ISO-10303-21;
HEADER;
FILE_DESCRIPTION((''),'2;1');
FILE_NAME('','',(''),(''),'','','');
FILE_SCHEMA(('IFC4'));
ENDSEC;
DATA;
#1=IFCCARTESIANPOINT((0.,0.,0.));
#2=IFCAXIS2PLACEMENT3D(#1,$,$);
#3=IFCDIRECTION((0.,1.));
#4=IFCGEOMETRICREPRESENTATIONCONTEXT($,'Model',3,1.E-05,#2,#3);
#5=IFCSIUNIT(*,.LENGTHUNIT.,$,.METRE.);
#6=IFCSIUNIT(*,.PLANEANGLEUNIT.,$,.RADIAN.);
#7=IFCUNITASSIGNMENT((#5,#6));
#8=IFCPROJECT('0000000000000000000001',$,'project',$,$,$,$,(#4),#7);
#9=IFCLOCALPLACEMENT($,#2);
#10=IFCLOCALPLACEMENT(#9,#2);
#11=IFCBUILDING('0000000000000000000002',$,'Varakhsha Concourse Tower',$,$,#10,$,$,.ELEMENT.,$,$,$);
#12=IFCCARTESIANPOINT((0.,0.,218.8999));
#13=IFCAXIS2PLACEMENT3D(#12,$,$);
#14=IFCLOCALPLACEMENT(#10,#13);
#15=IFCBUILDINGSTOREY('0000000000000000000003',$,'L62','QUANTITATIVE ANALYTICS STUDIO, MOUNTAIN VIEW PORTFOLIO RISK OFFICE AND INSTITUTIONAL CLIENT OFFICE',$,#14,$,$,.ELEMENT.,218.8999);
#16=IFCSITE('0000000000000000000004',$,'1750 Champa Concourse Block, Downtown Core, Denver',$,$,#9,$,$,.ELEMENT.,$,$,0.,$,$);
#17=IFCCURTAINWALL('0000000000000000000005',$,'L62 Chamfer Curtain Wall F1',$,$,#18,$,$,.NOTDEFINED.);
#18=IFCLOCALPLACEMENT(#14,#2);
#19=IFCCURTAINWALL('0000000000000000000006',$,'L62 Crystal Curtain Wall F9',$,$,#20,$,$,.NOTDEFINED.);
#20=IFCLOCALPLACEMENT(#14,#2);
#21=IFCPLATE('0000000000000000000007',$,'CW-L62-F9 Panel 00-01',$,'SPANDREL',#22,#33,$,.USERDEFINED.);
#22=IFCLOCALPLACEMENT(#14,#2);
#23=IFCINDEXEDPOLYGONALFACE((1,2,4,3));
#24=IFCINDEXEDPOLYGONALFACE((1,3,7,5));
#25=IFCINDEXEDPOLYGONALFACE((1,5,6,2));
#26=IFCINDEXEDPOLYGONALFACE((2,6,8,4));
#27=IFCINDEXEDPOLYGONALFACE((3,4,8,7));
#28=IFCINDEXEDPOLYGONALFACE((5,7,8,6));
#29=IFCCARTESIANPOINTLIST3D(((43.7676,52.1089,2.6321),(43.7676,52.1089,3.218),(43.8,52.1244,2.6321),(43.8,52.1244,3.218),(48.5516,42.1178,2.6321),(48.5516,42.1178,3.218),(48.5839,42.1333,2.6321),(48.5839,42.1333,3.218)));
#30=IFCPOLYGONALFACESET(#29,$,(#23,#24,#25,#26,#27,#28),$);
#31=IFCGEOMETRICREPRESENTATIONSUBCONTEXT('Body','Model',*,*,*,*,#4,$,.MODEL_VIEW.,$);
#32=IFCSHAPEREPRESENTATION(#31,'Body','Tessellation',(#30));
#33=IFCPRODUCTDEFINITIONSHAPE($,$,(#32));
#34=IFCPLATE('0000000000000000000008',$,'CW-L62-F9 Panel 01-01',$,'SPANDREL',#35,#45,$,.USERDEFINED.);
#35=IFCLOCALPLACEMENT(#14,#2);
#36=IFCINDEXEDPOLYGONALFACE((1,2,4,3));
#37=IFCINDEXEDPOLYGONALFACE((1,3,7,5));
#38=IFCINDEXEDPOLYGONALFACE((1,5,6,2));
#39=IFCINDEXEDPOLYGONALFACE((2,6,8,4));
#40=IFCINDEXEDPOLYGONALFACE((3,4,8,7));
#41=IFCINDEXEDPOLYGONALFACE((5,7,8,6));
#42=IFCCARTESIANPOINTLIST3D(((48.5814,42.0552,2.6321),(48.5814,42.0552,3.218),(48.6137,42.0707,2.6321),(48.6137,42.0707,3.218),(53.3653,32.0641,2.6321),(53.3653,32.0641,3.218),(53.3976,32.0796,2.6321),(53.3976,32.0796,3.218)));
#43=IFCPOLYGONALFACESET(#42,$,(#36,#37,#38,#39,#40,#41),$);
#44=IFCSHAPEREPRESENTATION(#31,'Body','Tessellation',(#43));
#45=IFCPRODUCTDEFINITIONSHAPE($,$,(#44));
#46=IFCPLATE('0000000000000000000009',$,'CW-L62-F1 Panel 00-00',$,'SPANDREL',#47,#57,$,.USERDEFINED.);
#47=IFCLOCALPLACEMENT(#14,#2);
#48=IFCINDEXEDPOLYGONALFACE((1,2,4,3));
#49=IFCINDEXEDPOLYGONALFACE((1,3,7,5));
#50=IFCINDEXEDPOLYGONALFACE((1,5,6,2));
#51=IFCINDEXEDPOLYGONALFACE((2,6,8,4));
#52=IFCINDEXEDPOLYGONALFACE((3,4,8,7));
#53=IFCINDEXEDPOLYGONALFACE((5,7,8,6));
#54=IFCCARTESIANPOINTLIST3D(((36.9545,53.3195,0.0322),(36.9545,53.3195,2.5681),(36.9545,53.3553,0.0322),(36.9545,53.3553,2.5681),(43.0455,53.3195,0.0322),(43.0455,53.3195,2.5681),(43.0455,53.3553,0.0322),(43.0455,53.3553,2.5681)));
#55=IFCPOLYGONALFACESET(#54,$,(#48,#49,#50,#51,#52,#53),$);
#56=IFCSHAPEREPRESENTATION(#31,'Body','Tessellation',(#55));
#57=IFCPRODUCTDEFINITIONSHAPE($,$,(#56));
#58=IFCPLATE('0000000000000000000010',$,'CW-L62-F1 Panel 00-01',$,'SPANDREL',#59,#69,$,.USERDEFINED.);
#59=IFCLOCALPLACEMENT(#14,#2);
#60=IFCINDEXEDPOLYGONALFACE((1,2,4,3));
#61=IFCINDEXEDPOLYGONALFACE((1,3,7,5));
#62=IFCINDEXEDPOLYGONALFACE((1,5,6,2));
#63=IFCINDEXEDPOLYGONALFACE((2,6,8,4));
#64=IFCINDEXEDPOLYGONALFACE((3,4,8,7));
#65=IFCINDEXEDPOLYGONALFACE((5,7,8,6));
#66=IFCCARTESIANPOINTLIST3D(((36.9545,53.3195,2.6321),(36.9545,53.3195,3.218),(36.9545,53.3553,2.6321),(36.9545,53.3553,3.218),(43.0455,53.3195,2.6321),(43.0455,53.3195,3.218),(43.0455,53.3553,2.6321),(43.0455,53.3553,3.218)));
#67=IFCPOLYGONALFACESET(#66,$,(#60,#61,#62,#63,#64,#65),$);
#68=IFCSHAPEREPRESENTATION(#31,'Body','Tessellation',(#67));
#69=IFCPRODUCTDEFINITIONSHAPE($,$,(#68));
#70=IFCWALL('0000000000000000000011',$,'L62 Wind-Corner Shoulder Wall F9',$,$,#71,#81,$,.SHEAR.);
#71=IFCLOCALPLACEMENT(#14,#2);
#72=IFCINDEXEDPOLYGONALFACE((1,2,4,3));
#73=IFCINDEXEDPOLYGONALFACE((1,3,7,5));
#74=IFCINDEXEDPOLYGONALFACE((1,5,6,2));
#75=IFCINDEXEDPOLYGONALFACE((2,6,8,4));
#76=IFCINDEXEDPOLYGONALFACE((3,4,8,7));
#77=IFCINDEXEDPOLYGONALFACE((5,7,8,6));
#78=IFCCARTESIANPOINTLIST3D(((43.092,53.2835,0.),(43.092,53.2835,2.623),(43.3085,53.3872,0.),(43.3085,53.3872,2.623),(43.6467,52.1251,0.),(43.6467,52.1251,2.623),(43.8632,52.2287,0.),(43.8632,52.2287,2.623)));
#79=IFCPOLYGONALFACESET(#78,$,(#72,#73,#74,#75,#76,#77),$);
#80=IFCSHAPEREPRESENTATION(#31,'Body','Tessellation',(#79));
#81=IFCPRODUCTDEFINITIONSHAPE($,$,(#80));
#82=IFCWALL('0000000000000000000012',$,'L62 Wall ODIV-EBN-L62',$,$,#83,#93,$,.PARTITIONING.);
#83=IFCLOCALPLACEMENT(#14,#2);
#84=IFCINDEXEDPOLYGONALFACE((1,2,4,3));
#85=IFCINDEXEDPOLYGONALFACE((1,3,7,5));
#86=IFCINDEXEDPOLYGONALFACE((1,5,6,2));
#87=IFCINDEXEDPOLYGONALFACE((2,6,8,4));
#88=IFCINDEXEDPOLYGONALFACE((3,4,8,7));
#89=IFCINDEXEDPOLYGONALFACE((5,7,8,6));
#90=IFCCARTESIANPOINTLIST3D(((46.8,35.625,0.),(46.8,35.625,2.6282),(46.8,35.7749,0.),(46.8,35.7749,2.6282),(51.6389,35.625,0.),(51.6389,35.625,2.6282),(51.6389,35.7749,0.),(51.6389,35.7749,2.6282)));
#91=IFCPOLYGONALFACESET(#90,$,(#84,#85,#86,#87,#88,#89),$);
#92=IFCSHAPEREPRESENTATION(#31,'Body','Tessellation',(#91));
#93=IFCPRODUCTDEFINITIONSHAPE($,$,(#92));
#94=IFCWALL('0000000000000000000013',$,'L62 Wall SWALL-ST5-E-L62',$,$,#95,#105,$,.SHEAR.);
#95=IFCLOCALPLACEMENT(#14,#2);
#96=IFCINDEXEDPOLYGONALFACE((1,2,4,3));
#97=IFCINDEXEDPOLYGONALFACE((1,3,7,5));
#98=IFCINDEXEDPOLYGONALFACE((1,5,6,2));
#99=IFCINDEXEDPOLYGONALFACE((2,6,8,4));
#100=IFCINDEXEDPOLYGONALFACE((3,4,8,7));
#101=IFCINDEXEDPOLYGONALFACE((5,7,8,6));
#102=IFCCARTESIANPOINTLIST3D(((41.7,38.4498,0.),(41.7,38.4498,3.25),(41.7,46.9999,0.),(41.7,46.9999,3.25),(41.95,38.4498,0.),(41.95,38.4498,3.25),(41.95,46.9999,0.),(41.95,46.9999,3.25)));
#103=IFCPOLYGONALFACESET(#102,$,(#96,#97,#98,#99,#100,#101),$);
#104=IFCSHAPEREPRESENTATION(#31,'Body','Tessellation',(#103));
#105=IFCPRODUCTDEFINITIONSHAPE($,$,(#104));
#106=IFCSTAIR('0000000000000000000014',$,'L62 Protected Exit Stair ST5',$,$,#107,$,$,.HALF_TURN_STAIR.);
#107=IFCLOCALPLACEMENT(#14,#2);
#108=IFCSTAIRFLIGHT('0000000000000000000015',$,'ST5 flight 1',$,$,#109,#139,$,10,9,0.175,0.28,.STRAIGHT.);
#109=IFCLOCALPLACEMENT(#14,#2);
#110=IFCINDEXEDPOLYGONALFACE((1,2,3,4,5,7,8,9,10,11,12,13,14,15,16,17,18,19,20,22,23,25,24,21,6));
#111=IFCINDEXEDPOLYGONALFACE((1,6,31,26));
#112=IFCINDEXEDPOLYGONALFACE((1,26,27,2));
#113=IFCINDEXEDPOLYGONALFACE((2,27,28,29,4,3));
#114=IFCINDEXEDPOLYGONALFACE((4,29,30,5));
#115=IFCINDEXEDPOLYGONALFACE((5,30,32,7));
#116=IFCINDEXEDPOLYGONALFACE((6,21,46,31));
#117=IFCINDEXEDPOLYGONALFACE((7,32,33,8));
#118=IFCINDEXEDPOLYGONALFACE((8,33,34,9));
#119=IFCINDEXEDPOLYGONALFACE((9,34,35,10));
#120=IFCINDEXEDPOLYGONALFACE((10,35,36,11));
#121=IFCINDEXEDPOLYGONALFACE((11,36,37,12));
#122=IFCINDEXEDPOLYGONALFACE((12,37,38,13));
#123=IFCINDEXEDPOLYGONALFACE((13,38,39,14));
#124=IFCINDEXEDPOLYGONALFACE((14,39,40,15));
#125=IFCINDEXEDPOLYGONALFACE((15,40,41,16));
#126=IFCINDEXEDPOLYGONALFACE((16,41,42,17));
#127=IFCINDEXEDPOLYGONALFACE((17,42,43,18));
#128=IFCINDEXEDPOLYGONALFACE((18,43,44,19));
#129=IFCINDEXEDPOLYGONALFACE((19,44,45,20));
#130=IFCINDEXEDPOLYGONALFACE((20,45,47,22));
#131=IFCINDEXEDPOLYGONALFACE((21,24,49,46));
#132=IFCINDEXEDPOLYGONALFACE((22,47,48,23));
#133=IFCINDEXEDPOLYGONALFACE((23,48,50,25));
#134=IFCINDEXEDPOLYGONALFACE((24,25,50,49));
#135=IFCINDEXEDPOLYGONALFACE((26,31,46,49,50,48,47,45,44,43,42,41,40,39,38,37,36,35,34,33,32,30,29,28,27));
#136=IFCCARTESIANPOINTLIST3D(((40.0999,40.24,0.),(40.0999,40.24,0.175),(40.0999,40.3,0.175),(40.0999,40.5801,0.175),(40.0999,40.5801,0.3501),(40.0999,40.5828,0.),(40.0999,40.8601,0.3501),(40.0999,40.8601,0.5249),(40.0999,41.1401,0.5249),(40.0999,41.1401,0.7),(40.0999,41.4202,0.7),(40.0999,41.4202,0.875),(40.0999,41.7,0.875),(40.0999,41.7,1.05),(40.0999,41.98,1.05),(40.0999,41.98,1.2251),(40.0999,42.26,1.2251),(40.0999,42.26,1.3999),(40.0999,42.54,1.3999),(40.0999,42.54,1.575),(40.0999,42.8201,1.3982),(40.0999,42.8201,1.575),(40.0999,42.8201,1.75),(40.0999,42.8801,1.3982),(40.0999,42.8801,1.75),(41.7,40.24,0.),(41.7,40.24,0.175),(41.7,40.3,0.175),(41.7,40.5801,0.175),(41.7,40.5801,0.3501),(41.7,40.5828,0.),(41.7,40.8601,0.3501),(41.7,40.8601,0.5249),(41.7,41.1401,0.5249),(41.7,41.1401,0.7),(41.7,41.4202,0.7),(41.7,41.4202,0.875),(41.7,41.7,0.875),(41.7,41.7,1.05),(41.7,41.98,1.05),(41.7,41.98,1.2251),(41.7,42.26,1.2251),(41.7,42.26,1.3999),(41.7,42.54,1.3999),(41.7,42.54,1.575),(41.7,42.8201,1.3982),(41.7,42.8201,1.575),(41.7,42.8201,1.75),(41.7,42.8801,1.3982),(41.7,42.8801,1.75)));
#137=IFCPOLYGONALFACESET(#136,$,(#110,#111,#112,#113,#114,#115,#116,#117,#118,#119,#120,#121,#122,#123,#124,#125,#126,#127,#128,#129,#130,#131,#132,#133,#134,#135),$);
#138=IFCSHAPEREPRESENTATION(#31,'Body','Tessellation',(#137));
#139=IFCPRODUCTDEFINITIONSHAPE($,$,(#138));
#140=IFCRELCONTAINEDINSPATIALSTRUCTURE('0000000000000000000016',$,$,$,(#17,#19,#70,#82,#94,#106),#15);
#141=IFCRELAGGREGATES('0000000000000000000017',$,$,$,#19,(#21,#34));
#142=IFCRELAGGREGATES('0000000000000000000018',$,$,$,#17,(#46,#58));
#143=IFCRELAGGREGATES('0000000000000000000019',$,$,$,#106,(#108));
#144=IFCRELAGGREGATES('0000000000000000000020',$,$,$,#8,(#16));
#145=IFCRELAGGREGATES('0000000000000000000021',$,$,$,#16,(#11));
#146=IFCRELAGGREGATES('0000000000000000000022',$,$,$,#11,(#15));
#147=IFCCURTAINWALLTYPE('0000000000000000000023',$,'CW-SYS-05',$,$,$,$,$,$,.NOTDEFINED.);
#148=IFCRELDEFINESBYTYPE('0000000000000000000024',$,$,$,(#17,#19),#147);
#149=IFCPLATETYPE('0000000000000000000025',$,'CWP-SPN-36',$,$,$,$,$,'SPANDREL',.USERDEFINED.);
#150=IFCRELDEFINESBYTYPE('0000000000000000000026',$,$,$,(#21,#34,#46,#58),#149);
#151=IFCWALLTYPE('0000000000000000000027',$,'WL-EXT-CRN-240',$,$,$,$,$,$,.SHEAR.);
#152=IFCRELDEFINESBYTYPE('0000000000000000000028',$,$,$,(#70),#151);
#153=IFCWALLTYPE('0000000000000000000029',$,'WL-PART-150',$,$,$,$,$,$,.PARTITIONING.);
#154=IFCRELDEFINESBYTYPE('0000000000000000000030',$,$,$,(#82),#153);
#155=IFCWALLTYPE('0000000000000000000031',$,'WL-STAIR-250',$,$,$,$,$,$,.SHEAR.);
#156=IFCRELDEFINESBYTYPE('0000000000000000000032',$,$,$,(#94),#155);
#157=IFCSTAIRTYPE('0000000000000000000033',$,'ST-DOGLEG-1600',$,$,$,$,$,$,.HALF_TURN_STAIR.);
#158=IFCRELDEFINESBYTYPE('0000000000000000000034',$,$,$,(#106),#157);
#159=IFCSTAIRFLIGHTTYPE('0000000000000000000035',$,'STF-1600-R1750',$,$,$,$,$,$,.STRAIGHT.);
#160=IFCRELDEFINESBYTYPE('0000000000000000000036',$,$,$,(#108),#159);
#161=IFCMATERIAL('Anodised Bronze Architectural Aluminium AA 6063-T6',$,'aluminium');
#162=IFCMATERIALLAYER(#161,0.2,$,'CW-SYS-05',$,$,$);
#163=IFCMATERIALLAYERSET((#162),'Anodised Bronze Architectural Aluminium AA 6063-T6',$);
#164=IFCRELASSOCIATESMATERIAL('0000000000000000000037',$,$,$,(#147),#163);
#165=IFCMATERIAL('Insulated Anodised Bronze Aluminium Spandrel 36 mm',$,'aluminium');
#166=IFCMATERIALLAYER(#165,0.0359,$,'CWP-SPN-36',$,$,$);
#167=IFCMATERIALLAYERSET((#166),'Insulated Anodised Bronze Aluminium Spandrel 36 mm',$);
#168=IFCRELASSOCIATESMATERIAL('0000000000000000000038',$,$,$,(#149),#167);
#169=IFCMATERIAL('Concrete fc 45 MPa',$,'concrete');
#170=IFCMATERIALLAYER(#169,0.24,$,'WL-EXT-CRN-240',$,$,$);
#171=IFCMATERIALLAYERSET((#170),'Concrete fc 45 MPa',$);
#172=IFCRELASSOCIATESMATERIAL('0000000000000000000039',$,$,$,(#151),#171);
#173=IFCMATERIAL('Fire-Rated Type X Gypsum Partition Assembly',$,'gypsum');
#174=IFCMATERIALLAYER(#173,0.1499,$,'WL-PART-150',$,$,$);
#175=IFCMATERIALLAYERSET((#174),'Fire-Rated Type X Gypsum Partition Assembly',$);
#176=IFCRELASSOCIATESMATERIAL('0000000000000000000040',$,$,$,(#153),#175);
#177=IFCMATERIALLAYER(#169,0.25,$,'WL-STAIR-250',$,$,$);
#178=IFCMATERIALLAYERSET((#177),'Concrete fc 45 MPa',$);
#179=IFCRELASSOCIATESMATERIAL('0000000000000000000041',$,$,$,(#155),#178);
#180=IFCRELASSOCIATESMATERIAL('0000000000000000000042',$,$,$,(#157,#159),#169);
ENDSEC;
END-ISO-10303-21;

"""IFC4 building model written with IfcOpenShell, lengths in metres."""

from ifc_helpers import new_model, si_unit, direction, frame, frame_2d, origin, origin_2d, place, context, subcontext, project, spatial, polyline, rectangle, outline, extrude, source, transform, mapped, material, layer, layer_set, type_object, type_shapes, element, aggregate, save


model = new_model("IFC4")

# Units and contexts
model_context = context("Model", 3, precision=1e-05, world=origin(), true_north=direction((0.0, 1.0)))
body_context = subcontext(model_context, "Body", "Model", "MODEL_VIEW")
ifc_project = project(units=[si_unit("LENGTHUNIT", "METRE"), si_unit("PLANEANGLEUNIT", "RADIAN")], contexts=[model_context])

# Site, building, storey
site_placement = place(None, origin())
site = spatial("IfcSite", under=ifc_project, at=site_placement, Name="1750 Champa Concourse Block, Downtown Core, Denver", CompositionType="ELEMENT", RefElevation=0.0)
building_placement = place(site_placement, origin())
building = spatial("IfcBuilding", under=site, at=building_placement, Name="Varakhsha Concourse Tower", CompositionType="ELEMENT")
storey_placement = place(building_placement, frame((0.0, 0.0, 218.8999)))
storey = spatial("IfcBuildingStorey", under=building, at=storey_placement, Name="L62", Description="QUANTITATIVE ANALYTICS STUDIO, MOUNTAIN VIEW PORTFOLIO RISK OFFICE AND INSTITUTIONAL CLIENT OFFICE", CompositionType="ELEMENT", Elevation=218.8999)

# Curtain wall
ifc_material_1 = material(Name="Anodised Bronze Architectural Aluminium AA 6063-T6", Category="aluminium")
ifc_layer_1 = layer(ifc_material_1, 0.2, Name="CW-SYS-05")
ifc_layer_set_1 = layer_set([ifc_layer_1], Name="Anodised Bronze Architectural Aluminium AA 6063-T6")
curtain_wall_type = type_object("IfcCurtainWallType", Name="CW-SYS-05", PredefinedType="NOTDEFINED", material=ifc_layer_set_1)
curtain_wall_1_placement = place(storey_placement, origin())
curtain_wall_1 = element("IfcCurtainWall", 1, at=curtain_wall_1_placement, inside=storey, type_object=curtain_wall_type, Name="L62 Chamfer Curtain Wall F1", PredefinedType="NOTDEFINED")

# Curtain wall
curtain_wall_2_placement = place(storey_placement, origin())
curtain_wall_2 = element("IfcCurtainWall", 2, at=curtain_wall_2_placement, inside=storey, type_object=curtain_wall_type, Name="L62 Crystal Curtain Wall F9", PredefinedType="NOTDEFINED")

# Plates
ifc_material_2 = material(Name="Insulated Anodised Bronze Aluminium Spandrel 36 mm", Category="aluminium")
ifc_layer_2 = layer(ifc_material_2, 0.0359, Name="CWP-SPN-36")
ifc_layer_set_2 = layer_set([ifc_layer_2], Name="Insulated Anodised Bronze Aluminium Spandrel 36 mm")
plate_type_1 = type_object("IfcPlateType", Name="CWP-SPN-36", ElementType="SPANDREL", PredefinedType="USERDEFINED", material=ifc_layer_set_2)
shared_shape_1 = source(origin(), body_context, "Body", "SweptSolid", [
    extrude(rectangle(XDim=11.0774, YDim=0.0359, at=origin_2d()), origin(), (0.0, 0.0, 1.0), 0.5859),
])
plate_1_placement = place(storey_placement, frame((46.1758, 47.1211, 2.6321), z_axis=(0.0, 0.0, 1.0), x_axis=(0.431862, -0.90194, 0.0)))
plate_1 = element("IfcPlate", 3, at=plate_1_placement, type_object=plate_type_1, Name="CW-L62-F9 Panel 00-01", ObjectType="SPANDREL", PredefinedType="USERDEFINED", context=body_context, shape_type="MappedRepresentation", body=[
    mapped(shared_shape_1, transform((0.0, 0.0, 0.0), scale=1.0)),
])
plate_2_placement = place(storey_placement, frame((50.9895, 37.0674, 2.6321), z_axis=(0.0, 0.0, 1.0), x_axis=(0.431862, -0.90194, 0.0)))
plate_2 = element("IfcPlate", 4, at=plate_2_placement, type_object=plate_type_1, Name="CW-L62-F9 Panel 01-01", ObjectType="SPANDREL", PredefinedType="USERDEFINED", context=body_context, shape_type="MappedRepresentation", body=[
    mapped(shared_shape_1, transform((0.0, 0.0, 0.0), scale=1.0)),
])
aggregate(curtain_wall_2, [plate_1, plate_2])
shared_shape_2 = source(origin(), body_context, "Body", "SweptSolid", [
    extrude(rectangle(XDim=6.0911, YDim=0.0359, at=origin_2d()), origin(), (0.0, 0.0, 1.0), 2.5359),
])
plate_3_placement = place(storey_placement, frame((40.0, 53.3374, 0.0322), z_axis=(0.0, 0.0, 1.0), x_axis=(1.0, 0.0, 0.0)))
plate_3 = element("IfcPlate", 5, at=plate_3_placement, type_object=plate_type_1, Name="CW-L62-F1 Panel 00-00", ObjectType="SPANDREL", PredefinedType="USERDEFINED", context=body_context, shape_type="MappedRepresentation", body=[
    mapped(shared_shape_2, transform((0.0, 0.0, 0.0), scale=1.0)),
])
shared_shape_3 = source(origin(), body_context, "Body", "SweptSolid", [
    extrude(rectangle(XDim=6.0911, YDim=0.0359, at=origin_2d()), origin(), (0.0, 0.0, 1.0), 0.5859),
])
type_shapes(plate_type_1, [shared_shape_1, shared_shape_2, shared_shape_3])
plate_4_placement = place(storey_placement, frame((40.0, 53.3374, 2.6321), z_axis=(0.0, 0.0, 1.0), x_axis=(1.0, 0.0, 0.0)))
plate_4 = element("IfcPlate", 6, at=plate_4_placement, type_object=plate_type_1, Name="CW-L62-F1 Panel 00-01", ObjectType="SPANDREL", PredefinedType="USERDEFINED", context=body_context, shape_type="MappedRepresentation", body=[
    mapped(shared_shape_3, transform((0.0, 0.0, 0.0), scale=1.0)),
])
aggregate(curtain_wall_1, [plate_3, plate_4])

# Walls
ifc_material_3 = material(Name="Concrete fc 45 MPa", Category="concrete")
ifc_layer_3 = layer(ifc_material_3, 0.24, Name="WL-EXT-CRN-240")
ifc_layer_set_3 = layer_set([ifc_layer_3], Name="Concrete fc 45 MPa")
wall_type_1 = type_object("IfcWallType", Name="WL-EXT-CRN-240", PredefinedType="SHEAR", material=ifc_layer_set_3)
wall_1_placement = place(storey_placement, frame((43.7549, 52.177, 0.0), z_axis=(0.0, 0.0, 1.0), x_axis=(-0.431866, 0.901938, 0.0)))
element("IfcWall", 7, at=wall_1_placement, inside=storey, type_object=wall_type_1, Name="L62 Wind-Corner Shoulder Wall F9", PredefinedType="SHEAR", context=body_context, shape_type="SweptSolid", body=[
    extrude(rectangle(XDim=1.2844, YDim=0.24, at=frame_2d((0.6421, 0.0))), origin(), (0.0, 0.0, 1.0), 2.623),
])
ifc_material_4 = material(Name="Fire-Rated Type X Gypsum Partition Assembly", Category="gypsum")
ifc_layer_4 = layer(ifc_material_4, 0.1499, Name="WL-PART-150")
ifc_layer_set_4 = layer_set([ifc_layer_4], Name="Fire-Rated Type X Gypsum Partition Assembly")
wall_type_2 = type_object("IfcWallType", Name="WL-PART-150", PredefinedType="PARTITIONING", material=ifc_layer_set_4)
wall_2_placement = place(storey_placement, frame((46.8, 35.7, 0.0), z_axis=(0.0, 0.0, 1.0), x_axis=(1.0, 0.0, 0.0)))
element("IfcWall", 8, at=wall_2_placement, inside=storey, type_object=wall_type_2, Name="L62 Wall ODIV-EBN-L62", PredefinedType="PARTITIONING", context=body_context, shape_type="SweptSolid", body=[
    extrude(rectangle(XDim=4.8389, YDim=0.1499, at=frame_2d((2.4194, 0.0))), origin(), (0.0, 0.0, 1.0), 2.6282),
])
ifc_layer_5 = layer(ifc_material_3, 0.25, Name="WL-STAIR-250")
ifc_layer_set_5 = layer_set([ifc_layer_5], Name="Concrete fc 45 MPa")
wall_type_3 = type_object("IfcWallType", Name="WL-STAIR-250", PredefinedType="SHEAR", material=ifc_layer_set_5)
wall_3_placement = place(storey_placement, frame((41.825, 38.45, 0.0), z_axis=(0.0, 0.0, 1.0), x_axis=(0.0, 1.0, 0.0)))
element("IfcWall", 9, at=wall_3_placement, inside=storey, type_object=wall_type_3, Name="L62 Wall SWALL-ST5-E-L62", PredefinedType="SHEAR", context=body_context, shape_type="SweptSolid", body=[
    extrude(rectangle(XDim=8.55, YDim=0.25, at=frame_2d((4.2749, 0.0))), origin(), (0.0, 0.0, 1.0), 3.25),
])

# Stair, stair flight
stair_type = type_object("IfcStairType", Name="ST-DOGLEG-1600", PredefinedType="HALF_TURN_STAIR", material=ifc_material_3)
stair_placement = place(storey_placement, origin())
stair = element("IfcStair", 10, at=stair_placement, inside=storey, type_object=stair_type, Name="L62 Protected Exit Stair ST5", PredefinedType="HALF_TURN_STAIR")
stair_flight_type = type_object("IfcStairFlightType", Name="STF-1600-R1750", PredefinedType="STRAIGHT", material=ifc_material_3)
stair_flight_placement = place(storey_placement, frame((40.8999, 40.3, 0.0), z_axis=(0.0, 0.0, 1.0), x_axis=(0.0, 1.0, 0.0)))
stair_flight = element("IfcStairFlight", 11, at=stair_flight_placement, type_object=stair_flight_type, Name="ST5 flight 1", NumberOfRisers=10, NumberOfTreads=9, PredefinedType="STRAIGHT", RiserHeight=0.175, TreadLength=0.28, context=body_context, shape_type="SweptSolid", body=[
    extrude(outline(polyline([(-0.0601, 0.0), (-0.0601, 0.175), (0.0, 0.175), (0.28, 0.175), (0.28, 0.3501), (0.5601, 0.3501), (0.5601, 0.5249), (0.8401, 0.5249), (0.8401, 0.7), (1.1201, 0.7), (1.1201, 0.875), (1.3999, 0.875), (1.3999, 1.05), (1.6799, 1.05), (1.6799, 1.2251), (1.96, 1.2251), (1.96, 1.3999), (2.24, 1.3999), (2.24, 1.575), (2.52, 1.575), (2.52, 1.75), (2.5801, 1.75), (2.5801, 1.3982), (2.52, 1.3982), (0.2827, 0.0), (-0.0601, 0.0)])), frame((0.0, 0.8, 0.0), z_axis=(0.0, -1.0, 0.0), x_axis=(1.0, 0.0, 0.0)), (0.0, 0.0, 1.0), 1.6001),
])
aggregate(stair, [stair_flight])

save(model, "model.ifc")
